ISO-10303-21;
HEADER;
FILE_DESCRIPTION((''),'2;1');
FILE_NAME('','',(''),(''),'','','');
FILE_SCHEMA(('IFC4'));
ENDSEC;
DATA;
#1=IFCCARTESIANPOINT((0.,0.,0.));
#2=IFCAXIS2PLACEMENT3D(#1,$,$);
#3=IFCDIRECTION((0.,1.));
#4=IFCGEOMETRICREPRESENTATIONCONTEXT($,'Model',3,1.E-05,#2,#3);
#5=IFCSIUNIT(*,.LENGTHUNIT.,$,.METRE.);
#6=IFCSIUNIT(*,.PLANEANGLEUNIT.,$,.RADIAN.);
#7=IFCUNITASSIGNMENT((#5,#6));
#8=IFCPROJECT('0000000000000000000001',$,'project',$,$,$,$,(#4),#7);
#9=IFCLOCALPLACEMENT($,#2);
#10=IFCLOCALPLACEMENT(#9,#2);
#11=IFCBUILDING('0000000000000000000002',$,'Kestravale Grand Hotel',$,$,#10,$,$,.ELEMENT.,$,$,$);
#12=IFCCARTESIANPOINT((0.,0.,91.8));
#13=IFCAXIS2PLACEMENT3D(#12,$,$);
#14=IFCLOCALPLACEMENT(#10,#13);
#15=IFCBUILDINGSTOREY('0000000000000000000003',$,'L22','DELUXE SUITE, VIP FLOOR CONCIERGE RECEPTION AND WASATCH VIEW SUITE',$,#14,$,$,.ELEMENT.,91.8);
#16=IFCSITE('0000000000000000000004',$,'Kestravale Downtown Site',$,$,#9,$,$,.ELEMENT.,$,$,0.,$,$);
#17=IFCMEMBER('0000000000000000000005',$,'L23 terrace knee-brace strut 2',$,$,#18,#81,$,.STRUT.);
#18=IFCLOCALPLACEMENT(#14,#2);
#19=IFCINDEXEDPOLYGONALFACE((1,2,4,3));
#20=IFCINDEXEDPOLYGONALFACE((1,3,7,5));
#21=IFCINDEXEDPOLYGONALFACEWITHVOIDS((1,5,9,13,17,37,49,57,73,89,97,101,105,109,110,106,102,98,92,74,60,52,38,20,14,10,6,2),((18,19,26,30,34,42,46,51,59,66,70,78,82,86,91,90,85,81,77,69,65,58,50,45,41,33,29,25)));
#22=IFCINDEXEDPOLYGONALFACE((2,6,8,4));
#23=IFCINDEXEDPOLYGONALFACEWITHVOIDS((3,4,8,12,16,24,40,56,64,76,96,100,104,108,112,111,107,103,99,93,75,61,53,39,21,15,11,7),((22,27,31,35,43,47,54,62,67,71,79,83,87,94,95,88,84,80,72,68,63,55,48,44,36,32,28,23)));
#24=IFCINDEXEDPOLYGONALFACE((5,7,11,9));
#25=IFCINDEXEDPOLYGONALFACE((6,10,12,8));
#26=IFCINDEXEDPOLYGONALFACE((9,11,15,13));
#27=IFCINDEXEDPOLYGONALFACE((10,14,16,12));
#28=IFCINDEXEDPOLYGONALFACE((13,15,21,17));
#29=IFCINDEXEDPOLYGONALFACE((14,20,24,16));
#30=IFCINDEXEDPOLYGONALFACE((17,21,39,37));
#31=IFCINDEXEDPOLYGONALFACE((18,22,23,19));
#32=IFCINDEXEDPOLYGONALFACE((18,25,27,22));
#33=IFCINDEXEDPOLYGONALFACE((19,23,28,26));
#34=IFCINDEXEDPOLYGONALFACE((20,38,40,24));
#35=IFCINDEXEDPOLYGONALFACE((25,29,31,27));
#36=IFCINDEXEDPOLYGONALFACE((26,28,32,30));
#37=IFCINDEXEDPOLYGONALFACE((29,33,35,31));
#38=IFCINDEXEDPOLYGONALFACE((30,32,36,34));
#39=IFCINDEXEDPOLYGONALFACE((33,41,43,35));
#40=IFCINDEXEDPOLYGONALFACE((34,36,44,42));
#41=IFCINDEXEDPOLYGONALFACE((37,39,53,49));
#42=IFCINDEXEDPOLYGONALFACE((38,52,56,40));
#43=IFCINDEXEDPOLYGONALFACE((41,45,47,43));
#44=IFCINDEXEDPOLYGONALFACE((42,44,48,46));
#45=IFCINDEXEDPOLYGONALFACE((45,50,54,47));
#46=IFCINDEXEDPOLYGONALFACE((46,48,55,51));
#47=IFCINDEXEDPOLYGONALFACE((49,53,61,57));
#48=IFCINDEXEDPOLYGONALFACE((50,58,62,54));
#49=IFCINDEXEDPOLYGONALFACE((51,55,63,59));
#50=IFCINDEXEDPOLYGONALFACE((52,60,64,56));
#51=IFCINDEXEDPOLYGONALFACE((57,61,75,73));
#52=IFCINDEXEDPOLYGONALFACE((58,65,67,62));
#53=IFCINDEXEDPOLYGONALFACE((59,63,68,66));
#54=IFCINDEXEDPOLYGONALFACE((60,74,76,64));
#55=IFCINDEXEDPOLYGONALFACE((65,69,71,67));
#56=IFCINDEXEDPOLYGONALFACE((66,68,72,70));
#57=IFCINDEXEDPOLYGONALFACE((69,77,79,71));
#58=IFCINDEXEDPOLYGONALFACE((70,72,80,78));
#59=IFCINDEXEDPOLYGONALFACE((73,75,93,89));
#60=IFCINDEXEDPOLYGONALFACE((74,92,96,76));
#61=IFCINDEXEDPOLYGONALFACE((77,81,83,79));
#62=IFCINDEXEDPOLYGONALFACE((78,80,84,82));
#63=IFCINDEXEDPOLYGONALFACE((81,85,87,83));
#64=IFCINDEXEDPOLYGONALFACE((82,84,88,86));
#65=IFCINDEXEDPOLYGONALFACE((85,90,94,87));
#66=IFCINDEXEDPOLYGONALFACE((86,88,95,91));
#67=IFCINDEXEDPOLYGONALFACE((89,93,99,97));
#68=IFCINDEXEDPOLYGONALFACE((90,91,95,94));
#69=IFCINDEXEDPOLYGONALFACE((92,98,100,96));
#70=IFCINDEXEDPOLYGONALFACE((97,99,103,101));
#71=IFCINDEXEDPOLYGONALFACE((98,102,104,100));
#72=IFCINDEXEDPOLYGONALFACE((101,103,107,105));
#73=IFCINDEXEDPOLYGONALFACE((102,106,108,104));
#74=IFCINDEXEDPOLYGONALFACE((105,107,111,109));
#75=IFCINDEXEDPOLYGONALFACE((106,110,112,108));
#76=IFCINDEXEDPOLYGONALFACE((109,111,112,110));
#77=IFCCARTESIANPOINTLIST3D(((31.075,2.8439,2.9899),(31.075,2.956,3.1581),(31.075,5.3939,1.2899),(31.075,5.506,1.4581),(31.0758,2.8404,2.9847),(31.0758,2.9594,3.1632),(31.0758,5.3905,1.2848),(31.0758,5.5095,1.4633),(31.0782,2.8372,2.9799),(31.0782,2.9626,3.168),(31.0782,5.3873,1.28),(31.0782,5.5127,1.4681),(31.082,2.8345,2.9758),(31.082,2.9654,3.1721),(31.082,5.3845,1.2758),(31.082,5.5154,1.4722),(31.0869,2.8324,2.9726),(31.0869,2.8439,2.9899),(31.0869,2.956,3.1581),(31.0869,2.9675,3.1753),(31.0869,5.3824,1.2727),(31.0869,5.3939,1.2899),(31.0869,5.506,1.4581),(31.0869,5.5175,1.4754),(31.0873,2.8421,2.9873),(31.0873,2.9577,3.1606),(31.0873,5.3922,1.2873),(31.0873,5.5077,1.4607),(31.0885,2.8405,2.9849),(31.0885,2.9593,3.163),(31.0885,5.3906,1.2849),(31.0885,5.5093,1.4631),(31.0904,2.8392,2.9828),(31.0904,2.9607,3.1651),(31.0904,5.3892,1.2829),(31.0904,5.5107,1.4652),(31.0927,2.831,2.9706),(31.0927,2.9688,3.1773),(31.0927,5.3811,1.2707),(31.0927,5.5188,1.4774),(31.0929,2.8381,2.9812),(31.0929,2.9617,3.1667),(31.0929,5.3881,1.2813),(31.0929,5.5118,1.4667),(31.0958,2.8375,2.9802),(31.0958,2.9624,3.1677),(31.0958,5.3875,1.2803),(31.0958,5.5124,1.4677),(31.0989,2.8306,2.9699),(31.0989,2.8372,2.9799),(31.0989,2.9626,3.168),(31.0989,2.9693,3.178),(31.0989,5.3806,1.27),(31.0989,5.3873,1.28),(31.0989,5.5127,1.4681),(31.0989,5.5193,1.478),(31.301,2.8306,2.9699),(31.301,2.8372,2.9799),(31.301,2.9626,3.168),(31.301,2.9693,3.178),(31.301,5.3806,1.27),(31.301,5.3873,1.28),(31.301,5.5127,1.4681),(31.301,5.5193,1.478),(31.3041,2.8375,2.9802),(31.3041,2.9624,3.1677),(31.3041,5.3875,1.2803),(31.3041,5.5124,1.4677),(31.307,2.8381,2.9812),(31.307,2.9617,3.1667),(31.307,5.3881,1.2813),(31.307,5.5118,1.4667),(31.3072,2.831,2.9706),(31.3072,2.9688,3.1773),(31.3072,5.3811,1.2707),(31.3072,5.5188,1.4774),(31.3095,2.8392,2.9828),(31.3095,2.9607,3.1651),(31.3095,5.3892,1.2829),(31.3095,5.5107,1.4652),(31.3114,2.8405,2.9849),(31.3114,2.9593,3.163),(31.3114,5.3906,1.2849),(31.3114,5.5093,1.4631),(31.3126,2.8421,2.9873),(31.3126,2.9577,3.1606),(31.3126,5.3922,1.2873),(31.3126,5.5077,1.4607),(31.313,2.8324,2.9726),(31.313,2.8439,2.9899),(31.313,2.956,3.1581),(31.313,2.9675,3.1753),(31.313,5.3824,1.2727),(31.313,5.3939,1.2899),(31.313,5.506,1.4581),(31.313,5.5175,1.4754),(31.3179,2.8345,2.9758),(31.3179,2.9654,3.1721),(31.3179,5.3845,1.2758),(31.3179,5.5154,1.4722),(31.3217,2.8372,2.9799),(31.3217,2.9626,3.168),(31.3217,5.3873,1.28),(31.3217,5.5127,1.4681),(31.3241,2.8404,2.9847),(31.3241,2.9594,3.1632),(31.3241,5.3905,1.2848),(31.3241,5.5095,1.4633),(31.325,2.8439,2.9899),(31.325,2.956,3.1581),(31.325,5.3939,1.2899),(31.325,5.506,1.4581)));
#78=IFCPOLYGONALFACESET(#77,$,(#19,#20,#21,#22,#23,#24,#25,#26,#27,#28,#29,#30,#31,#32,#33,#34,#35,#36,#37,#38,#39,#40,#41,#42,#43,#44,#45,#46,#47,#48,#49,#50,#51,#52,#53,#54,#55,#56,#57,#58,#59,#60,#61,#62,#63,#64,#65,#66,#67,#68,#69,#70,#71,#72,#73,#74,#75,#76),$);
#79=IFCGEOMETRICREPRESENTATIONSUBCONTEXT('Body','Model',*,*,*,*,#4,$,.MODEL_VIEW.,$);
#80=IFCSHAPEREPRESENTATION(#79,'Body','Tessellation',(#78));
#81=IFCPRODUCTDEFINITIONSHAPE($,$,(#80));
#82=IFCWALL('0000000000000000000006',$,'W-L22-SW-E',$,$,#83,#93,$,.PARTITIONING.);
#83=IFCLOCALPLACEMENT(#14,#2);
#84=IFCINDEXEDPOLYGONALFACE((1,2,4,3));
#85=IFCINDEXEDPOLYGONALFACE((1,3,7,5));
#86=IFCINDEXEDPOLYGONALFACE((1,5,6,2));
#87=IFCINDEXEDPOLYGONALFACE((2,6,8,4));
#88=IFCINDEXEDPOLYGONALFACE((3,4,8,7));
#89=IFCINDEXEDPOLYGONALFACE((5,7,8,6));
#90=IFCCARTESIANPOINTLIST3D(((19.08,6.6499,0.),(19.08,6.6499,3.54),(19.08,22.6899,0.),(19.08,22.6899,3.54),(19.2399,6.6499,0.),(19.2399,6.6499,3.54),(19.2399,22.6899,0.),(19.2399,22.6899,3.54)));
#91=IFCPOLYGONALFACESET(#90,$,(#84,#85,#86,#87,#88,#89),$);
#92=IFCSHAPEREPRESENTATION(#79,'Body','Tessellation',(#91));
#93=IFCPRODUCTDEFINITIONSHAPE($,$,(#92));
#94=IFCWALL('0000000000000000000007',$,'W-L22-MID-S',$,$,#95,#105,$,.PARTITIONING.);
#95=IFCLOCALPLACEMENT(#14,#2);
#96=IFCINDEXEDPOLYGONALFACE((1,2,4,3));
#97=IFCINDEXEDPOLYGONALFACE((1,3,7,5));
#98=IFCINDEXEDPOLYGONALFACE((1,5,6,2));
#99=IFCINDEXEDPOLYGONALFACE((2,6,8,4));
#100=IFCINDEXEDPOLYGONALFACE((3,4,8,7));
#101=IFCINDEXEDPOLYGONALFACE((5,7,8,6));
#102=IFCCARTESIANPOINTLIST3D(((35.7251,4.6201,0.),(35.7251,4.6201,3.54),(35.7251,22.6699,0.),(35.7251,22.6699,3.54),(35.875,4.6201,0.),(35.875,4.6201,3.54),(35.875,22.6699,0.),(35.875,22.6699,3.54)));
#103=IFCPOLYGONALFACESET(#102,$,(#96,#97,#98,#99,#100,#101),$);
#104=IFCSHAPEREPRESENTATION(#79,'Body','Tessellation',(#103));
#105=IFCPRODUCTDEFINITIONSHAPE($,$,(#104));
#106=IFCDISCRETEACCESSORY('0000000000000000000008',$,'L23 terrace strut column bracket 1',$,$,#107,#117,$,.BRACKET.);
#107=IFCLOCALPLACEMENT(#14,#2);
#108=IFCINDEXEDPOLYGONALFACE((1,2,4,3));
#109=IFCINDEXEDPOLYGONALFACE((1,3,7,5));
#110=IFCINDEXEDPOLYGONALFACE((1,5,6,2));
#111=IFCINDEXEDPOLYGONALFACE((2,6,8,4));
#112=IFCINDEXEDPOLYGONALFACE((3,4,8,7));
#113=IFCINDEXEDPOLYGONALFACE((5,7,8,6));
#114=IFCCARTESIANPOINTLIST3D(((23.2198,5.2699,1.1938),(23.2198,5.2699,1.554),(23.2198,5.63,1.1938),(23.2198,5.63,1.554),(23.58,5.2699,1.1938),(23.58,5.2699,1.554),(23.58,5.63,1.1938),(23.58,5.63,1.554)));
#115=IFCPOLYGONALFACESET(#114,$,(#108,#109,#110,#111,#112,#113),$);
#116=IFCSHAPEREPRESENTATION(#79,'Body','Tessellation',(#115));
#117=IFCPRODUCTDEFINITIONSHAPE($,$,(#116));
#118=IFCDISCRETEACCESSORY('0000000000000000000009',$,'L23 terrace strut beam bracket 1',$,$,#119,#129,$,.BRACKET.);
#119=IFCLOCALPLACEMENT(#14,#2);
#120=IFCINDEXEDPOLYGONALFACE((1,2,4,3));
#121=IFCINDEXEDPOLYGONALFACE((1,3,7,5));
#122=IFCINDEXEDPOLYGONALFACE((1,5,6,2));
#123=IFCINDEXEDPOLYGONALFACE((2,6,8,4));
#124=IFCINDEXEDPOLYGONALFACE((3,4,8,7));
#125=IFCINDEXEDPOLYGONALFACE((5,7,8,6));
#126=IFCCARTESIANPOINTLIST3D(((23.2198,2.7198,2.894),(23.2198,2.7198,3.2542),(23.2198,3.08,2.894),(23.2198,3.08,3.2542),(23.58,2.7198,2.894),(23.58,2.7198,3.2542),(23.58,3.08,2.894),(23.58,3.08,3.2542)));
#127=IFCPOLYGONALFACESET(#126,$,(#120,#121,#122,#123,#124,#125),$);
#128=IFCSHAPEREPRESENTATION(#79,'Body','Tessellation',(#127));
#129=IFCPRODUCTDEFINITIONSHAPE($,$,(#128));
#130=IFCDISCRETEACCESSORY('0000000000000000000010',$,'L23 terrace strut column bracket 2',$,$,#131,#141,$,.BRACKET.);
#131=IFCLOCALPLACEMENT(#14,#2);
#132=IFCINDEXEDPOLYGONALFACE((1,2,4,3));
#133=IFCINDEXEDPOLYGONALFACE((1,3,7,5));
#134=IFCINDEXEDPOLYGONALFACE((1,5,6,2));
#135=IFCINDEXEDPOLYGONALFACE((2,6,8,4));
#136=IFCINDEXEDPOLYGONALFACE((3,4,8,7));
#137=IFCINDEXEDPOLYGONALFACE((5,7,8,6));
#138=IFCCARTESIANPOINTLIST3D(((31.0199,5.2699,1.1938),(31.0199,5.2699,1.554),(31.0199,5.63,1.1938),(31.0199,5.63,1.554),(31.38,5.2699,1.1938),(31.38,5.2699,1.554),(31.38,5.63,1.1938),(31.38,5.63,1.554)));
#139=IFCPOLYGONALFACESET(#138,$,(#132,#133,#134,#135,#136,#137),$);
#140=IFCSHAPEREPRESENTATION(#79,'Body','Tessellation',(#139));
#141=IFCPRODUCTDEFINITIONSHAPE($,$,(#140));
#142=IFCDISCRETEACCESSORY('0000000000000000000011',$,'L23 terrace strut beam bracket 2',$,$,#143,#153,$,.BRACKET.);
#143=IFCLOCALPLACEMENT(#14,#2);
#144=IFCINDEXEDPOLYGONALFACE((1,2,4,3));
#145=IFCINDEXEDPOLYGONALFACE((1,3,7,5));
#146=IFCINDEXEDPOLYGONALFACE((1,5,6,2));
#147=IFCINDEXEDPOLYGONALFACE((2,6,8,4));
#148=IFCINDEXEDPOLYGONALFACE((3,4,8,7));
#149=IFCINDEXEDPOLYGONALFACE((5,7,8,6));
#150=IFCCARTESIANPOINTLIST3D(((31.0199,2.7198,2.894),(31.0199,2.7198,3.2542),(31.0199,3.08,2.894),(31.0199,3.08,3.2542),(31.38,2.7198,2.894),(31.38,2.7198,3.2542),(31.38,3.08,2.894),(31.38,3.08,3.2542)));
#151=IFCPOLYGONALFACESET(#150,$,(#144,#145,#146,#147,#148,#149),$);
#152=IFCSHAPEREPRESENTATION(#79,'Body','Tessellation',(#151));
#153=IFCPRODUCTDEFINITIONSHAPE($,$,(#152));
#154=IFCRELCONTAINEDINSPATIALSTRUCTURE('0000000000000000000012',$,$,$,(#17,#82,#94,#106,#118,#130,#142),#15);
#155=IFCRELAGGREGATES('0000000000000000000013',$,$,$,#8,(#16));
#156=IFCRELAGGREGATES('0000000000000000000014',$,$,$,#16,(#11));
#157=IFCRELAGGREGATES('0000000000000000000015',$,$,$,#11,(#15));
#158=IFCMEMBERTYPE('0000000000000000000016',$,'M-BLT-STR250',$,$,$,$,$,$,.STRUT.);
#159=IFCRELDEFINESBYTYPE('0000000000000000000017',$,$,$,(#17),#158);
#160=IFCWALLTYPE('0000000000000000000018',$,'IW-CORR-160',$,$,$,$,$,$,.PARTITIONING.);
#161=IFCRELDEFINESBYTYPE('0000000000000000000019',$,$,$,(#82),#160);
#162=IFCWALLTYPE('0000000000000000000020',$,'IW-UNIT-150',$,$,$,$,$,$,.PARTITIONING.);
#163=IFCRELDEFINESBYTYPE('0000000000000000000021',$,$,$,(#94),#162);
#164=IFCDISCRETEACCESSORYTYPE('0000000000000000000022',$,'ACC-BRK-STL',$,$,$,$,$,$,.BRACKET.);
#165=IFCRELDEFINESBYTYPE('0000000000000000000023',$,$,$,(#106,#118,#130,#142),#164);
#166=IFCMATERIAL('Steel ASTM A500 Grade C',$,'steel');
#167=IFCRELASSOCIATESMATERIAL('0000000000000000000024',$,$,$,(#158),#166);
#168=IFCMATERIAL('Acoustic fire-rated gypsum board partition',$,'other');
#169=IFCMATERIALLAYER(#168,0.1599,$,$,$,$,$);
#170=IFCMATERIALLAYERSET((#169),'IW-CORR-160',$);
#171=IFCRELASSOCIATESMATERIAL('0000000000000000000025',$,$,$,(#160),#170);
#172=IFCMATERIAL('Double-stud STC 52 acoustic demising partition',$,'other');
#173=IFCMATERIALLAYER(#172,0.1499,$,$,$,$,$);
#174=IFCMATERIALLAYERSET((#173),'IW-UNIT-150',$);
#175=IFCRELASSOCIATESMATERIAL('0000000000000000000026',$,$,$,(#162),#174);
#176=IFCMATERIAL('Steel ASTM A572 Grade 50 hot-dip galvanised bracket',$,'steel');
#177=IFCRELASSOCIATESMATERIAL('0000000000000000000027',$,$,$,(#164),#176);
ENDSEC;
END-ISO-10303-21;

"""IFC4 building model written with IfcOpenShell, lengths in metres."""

from ifc_helpers import new_model, si_unit, direction, frame, frame_2d, origin, origin_2d, place, context, subcontext, project, spatial, rectangle, hollow_rectangle, extrude, material, layer, layer_set, material_profile, profile_set, type_object, element, save


model = new_model("IFC4")

# Units and contexts
model_context = context("Model", 3, precision=1e-05, world=origin(), true_north=direction((0.0, 1.0)))
body_context = subcontext(model_context, "Body", "Model", "MODEL_VIEW")
ifc_project = project(units=[si_unit("LENGTHUNIT", "METRE"), si_unit("PLANEANGLEUNIT", "RADIAN")], contexts=[model_context])

# Site, building, storey
site_placement = place(None, origin())
site = spatial("IfcSite", under=ifc_project, at=site_placement, Name="Kestravale Downtown Site", CompositionType="ELEMENT", RefElevation=0.0)
building_placement = place(site_placement, origin())
building = spatial("IfcBuilding", under=site, at=building_placement, Name="Kestravale Grand Hotel", CompositionType="ELEMENT")
storey_placement = place(building_placement, frame((0.0, 0.0, 91.8)))
storey = spatial("IfcBuildingStorey", under=building, at=storey_placement, Name="L22", Description="DELUXE SUITE, VIP FLOOR CONCIERGE RECEPTION AND WASATCH VIEW SUITE", CompositionType="ELEMENT", Elevation=91.8)

# Member
ifc_material_1 = material(Name="Steel ASTM A500 Grade C", Category="steel")
ifc_material_profile_1 = material_profile(ifc_material_1, hollow_rectangle(XDim=0.25, YDim=0.25, WallThickness=0.012, InnerFilletRadius=0.012, OuterFilletRadius=0.0239, at=origin_2d()))
ifc_profile_set_1 = profile_set([ifc_material_profile_1], Name="Steel ASTM A500 Grade C")
member_type = type_object("IfcMemberType", Name="M-BLT-STR250", PredefinedType="STRUT", material=ifc_profile_set_1)
for number, where, z_axis, x_axis, name in (
    (1, (31.2, 5.45, 1.374), (0.0, -0.832063, 0.554682), (1.0, 0.0, 0.0), "L23 terrace knee-brace strut 2"),
):
    element("IfcMember", number, at=place(storey_placement, frame(where, z_axis=z_axis, x_axis=x_axis)), inside=storey, type_object=member_type, Name=name, PredefinedType="STRUT", context=body_context, shape_type="SweptSolid", body=[
        extrude(hollow_rectangle(XDim=0.25, YDim=0.25, WallThickness=0.012, InnerFilletRadius=0.012, OuterFilletRadius=0.0239, at=origin_2d()), origin(), (0.0, 0.0, 1.0), 3.0647),
    ])

# Walls
ifc_material_2 = material(Name="Acoustic fire-rated gypsum board partition", Category="other")
ifc_layer_1 = layer(ifc_material_2, 0.1599)
ifc_layer_set_1 = layer_set([ifc_layer_1], Name="IW-CORR-160")
wall_type_1 = type_object("IfcWallType", Name="IW-CORR-160", PredefinedType="PARTITIONING", material=ifc_layer_set_1)
wall_1_placement = place(storey_placement, frame((19.1599, 6.6499, 0.0), z_axis=(0.0, 0.0, 1.0), x_axis=(0.0, 1.0, 0.0)))
element("IfcWall", 2, at=wall_1_placement, inside=storey, type_object=wall_type_1, Name="W-L22-SW-E", PredefinedType="PARTITIONING", context=body_context, shape_type="SweptSolid", body=[
    extrude(rectangle(XDim=16.04, YDim=0.1599, at=frame_2d((8.02, 0.0))), origin(), (0.0, 0.0, 1.0), 3.54),
])
ifc_material_3 = material(Name="Double-stud STC 52 acoustic demising partition", Category="other")
ifc_layer_2 = layer(ifc_material_3, 0.1499)
ifc_layer_set_2 = layer_set([ifc_layer_2], Name="IW-UNIT-150")
wall_type_2 = type_object("IfcWallType", Name="IW-UNIT-150", PredefinedType="PARTITIONING", material=ifc_layer_set_2)
wall_2_placement = place(storey_placement, frame((35.8, 4.6201, 0.0), z_axis=(0.0, 0.0, 1.0), x_axis=(0.0, 1.0, 0.0)))
element("IfcWall", 3, at=wall_2_placement, inside=storey, type_object=wall_type_2, Name="W-L22-MID-S", PredefinedType="PARTITIONING", context=body_context, shape_type="SweptSolid", body=[
    extrude(rectangle(XDim=18.0498, YDim=0.1499, at=frame_2d((9.0249, 0.0))), origin(), (0.0, 0.0, 1.0), 3.54),
])

# Discrete accessories
ifc_material_4 = material(Name="Steel ASTM A572 Grade 50 hot-dip galvanised bracket", Category="steel")
discrete_accessory_type = type_object("IfcDiscreteAccessoryType", Name="ACC-BRK-STL", PredefinedType="BRACKET", material=ifc_material_4)
for number, where, z_axis, x_axis, name in (
    (4, (23.3999, 5.45, 1.1938), (0.0, 0.0, 1.0), (1.0, 0.0, 0.0), "L23 terrace strut column bracket 1"),
    (5, (23.3999, 2.8999, 2.894), (0.0, 0.0, 1.0), (1.0, 0.0, 0.0), "L23 terrace strut beam bracket 1"),
    (6, (31.2, 5.45, 1.1938), (0.0, 0.0, 1.0), (1.0, 0.0, 0.0), "L23 terrace strut column bracket 2"),
    (7, (31.2, 2.8999, 2.894), (0.0, 0.0, 1.0), (1.0, 0.0, 0.0), "L23 terrace strut beam bracket 2"),
):
    element("IfcDiscreteAccessory", number, at=place(storey_placement, frame(where, z_axis=z_axis, x_axis=x_axis)), inside=storey, type_object=discrete_accessory_type, Name=name, PredefinedType="BRACKET", context=body_context, shape_type="SweptSolid", body=[
        extrude(rectangle(XDim=0.3601, YDim=0.3601, at=origin_2d()), origin(), (0.0, 0.0, 1.0), 0.3601),
    ])

save(model, "model.ifc")
